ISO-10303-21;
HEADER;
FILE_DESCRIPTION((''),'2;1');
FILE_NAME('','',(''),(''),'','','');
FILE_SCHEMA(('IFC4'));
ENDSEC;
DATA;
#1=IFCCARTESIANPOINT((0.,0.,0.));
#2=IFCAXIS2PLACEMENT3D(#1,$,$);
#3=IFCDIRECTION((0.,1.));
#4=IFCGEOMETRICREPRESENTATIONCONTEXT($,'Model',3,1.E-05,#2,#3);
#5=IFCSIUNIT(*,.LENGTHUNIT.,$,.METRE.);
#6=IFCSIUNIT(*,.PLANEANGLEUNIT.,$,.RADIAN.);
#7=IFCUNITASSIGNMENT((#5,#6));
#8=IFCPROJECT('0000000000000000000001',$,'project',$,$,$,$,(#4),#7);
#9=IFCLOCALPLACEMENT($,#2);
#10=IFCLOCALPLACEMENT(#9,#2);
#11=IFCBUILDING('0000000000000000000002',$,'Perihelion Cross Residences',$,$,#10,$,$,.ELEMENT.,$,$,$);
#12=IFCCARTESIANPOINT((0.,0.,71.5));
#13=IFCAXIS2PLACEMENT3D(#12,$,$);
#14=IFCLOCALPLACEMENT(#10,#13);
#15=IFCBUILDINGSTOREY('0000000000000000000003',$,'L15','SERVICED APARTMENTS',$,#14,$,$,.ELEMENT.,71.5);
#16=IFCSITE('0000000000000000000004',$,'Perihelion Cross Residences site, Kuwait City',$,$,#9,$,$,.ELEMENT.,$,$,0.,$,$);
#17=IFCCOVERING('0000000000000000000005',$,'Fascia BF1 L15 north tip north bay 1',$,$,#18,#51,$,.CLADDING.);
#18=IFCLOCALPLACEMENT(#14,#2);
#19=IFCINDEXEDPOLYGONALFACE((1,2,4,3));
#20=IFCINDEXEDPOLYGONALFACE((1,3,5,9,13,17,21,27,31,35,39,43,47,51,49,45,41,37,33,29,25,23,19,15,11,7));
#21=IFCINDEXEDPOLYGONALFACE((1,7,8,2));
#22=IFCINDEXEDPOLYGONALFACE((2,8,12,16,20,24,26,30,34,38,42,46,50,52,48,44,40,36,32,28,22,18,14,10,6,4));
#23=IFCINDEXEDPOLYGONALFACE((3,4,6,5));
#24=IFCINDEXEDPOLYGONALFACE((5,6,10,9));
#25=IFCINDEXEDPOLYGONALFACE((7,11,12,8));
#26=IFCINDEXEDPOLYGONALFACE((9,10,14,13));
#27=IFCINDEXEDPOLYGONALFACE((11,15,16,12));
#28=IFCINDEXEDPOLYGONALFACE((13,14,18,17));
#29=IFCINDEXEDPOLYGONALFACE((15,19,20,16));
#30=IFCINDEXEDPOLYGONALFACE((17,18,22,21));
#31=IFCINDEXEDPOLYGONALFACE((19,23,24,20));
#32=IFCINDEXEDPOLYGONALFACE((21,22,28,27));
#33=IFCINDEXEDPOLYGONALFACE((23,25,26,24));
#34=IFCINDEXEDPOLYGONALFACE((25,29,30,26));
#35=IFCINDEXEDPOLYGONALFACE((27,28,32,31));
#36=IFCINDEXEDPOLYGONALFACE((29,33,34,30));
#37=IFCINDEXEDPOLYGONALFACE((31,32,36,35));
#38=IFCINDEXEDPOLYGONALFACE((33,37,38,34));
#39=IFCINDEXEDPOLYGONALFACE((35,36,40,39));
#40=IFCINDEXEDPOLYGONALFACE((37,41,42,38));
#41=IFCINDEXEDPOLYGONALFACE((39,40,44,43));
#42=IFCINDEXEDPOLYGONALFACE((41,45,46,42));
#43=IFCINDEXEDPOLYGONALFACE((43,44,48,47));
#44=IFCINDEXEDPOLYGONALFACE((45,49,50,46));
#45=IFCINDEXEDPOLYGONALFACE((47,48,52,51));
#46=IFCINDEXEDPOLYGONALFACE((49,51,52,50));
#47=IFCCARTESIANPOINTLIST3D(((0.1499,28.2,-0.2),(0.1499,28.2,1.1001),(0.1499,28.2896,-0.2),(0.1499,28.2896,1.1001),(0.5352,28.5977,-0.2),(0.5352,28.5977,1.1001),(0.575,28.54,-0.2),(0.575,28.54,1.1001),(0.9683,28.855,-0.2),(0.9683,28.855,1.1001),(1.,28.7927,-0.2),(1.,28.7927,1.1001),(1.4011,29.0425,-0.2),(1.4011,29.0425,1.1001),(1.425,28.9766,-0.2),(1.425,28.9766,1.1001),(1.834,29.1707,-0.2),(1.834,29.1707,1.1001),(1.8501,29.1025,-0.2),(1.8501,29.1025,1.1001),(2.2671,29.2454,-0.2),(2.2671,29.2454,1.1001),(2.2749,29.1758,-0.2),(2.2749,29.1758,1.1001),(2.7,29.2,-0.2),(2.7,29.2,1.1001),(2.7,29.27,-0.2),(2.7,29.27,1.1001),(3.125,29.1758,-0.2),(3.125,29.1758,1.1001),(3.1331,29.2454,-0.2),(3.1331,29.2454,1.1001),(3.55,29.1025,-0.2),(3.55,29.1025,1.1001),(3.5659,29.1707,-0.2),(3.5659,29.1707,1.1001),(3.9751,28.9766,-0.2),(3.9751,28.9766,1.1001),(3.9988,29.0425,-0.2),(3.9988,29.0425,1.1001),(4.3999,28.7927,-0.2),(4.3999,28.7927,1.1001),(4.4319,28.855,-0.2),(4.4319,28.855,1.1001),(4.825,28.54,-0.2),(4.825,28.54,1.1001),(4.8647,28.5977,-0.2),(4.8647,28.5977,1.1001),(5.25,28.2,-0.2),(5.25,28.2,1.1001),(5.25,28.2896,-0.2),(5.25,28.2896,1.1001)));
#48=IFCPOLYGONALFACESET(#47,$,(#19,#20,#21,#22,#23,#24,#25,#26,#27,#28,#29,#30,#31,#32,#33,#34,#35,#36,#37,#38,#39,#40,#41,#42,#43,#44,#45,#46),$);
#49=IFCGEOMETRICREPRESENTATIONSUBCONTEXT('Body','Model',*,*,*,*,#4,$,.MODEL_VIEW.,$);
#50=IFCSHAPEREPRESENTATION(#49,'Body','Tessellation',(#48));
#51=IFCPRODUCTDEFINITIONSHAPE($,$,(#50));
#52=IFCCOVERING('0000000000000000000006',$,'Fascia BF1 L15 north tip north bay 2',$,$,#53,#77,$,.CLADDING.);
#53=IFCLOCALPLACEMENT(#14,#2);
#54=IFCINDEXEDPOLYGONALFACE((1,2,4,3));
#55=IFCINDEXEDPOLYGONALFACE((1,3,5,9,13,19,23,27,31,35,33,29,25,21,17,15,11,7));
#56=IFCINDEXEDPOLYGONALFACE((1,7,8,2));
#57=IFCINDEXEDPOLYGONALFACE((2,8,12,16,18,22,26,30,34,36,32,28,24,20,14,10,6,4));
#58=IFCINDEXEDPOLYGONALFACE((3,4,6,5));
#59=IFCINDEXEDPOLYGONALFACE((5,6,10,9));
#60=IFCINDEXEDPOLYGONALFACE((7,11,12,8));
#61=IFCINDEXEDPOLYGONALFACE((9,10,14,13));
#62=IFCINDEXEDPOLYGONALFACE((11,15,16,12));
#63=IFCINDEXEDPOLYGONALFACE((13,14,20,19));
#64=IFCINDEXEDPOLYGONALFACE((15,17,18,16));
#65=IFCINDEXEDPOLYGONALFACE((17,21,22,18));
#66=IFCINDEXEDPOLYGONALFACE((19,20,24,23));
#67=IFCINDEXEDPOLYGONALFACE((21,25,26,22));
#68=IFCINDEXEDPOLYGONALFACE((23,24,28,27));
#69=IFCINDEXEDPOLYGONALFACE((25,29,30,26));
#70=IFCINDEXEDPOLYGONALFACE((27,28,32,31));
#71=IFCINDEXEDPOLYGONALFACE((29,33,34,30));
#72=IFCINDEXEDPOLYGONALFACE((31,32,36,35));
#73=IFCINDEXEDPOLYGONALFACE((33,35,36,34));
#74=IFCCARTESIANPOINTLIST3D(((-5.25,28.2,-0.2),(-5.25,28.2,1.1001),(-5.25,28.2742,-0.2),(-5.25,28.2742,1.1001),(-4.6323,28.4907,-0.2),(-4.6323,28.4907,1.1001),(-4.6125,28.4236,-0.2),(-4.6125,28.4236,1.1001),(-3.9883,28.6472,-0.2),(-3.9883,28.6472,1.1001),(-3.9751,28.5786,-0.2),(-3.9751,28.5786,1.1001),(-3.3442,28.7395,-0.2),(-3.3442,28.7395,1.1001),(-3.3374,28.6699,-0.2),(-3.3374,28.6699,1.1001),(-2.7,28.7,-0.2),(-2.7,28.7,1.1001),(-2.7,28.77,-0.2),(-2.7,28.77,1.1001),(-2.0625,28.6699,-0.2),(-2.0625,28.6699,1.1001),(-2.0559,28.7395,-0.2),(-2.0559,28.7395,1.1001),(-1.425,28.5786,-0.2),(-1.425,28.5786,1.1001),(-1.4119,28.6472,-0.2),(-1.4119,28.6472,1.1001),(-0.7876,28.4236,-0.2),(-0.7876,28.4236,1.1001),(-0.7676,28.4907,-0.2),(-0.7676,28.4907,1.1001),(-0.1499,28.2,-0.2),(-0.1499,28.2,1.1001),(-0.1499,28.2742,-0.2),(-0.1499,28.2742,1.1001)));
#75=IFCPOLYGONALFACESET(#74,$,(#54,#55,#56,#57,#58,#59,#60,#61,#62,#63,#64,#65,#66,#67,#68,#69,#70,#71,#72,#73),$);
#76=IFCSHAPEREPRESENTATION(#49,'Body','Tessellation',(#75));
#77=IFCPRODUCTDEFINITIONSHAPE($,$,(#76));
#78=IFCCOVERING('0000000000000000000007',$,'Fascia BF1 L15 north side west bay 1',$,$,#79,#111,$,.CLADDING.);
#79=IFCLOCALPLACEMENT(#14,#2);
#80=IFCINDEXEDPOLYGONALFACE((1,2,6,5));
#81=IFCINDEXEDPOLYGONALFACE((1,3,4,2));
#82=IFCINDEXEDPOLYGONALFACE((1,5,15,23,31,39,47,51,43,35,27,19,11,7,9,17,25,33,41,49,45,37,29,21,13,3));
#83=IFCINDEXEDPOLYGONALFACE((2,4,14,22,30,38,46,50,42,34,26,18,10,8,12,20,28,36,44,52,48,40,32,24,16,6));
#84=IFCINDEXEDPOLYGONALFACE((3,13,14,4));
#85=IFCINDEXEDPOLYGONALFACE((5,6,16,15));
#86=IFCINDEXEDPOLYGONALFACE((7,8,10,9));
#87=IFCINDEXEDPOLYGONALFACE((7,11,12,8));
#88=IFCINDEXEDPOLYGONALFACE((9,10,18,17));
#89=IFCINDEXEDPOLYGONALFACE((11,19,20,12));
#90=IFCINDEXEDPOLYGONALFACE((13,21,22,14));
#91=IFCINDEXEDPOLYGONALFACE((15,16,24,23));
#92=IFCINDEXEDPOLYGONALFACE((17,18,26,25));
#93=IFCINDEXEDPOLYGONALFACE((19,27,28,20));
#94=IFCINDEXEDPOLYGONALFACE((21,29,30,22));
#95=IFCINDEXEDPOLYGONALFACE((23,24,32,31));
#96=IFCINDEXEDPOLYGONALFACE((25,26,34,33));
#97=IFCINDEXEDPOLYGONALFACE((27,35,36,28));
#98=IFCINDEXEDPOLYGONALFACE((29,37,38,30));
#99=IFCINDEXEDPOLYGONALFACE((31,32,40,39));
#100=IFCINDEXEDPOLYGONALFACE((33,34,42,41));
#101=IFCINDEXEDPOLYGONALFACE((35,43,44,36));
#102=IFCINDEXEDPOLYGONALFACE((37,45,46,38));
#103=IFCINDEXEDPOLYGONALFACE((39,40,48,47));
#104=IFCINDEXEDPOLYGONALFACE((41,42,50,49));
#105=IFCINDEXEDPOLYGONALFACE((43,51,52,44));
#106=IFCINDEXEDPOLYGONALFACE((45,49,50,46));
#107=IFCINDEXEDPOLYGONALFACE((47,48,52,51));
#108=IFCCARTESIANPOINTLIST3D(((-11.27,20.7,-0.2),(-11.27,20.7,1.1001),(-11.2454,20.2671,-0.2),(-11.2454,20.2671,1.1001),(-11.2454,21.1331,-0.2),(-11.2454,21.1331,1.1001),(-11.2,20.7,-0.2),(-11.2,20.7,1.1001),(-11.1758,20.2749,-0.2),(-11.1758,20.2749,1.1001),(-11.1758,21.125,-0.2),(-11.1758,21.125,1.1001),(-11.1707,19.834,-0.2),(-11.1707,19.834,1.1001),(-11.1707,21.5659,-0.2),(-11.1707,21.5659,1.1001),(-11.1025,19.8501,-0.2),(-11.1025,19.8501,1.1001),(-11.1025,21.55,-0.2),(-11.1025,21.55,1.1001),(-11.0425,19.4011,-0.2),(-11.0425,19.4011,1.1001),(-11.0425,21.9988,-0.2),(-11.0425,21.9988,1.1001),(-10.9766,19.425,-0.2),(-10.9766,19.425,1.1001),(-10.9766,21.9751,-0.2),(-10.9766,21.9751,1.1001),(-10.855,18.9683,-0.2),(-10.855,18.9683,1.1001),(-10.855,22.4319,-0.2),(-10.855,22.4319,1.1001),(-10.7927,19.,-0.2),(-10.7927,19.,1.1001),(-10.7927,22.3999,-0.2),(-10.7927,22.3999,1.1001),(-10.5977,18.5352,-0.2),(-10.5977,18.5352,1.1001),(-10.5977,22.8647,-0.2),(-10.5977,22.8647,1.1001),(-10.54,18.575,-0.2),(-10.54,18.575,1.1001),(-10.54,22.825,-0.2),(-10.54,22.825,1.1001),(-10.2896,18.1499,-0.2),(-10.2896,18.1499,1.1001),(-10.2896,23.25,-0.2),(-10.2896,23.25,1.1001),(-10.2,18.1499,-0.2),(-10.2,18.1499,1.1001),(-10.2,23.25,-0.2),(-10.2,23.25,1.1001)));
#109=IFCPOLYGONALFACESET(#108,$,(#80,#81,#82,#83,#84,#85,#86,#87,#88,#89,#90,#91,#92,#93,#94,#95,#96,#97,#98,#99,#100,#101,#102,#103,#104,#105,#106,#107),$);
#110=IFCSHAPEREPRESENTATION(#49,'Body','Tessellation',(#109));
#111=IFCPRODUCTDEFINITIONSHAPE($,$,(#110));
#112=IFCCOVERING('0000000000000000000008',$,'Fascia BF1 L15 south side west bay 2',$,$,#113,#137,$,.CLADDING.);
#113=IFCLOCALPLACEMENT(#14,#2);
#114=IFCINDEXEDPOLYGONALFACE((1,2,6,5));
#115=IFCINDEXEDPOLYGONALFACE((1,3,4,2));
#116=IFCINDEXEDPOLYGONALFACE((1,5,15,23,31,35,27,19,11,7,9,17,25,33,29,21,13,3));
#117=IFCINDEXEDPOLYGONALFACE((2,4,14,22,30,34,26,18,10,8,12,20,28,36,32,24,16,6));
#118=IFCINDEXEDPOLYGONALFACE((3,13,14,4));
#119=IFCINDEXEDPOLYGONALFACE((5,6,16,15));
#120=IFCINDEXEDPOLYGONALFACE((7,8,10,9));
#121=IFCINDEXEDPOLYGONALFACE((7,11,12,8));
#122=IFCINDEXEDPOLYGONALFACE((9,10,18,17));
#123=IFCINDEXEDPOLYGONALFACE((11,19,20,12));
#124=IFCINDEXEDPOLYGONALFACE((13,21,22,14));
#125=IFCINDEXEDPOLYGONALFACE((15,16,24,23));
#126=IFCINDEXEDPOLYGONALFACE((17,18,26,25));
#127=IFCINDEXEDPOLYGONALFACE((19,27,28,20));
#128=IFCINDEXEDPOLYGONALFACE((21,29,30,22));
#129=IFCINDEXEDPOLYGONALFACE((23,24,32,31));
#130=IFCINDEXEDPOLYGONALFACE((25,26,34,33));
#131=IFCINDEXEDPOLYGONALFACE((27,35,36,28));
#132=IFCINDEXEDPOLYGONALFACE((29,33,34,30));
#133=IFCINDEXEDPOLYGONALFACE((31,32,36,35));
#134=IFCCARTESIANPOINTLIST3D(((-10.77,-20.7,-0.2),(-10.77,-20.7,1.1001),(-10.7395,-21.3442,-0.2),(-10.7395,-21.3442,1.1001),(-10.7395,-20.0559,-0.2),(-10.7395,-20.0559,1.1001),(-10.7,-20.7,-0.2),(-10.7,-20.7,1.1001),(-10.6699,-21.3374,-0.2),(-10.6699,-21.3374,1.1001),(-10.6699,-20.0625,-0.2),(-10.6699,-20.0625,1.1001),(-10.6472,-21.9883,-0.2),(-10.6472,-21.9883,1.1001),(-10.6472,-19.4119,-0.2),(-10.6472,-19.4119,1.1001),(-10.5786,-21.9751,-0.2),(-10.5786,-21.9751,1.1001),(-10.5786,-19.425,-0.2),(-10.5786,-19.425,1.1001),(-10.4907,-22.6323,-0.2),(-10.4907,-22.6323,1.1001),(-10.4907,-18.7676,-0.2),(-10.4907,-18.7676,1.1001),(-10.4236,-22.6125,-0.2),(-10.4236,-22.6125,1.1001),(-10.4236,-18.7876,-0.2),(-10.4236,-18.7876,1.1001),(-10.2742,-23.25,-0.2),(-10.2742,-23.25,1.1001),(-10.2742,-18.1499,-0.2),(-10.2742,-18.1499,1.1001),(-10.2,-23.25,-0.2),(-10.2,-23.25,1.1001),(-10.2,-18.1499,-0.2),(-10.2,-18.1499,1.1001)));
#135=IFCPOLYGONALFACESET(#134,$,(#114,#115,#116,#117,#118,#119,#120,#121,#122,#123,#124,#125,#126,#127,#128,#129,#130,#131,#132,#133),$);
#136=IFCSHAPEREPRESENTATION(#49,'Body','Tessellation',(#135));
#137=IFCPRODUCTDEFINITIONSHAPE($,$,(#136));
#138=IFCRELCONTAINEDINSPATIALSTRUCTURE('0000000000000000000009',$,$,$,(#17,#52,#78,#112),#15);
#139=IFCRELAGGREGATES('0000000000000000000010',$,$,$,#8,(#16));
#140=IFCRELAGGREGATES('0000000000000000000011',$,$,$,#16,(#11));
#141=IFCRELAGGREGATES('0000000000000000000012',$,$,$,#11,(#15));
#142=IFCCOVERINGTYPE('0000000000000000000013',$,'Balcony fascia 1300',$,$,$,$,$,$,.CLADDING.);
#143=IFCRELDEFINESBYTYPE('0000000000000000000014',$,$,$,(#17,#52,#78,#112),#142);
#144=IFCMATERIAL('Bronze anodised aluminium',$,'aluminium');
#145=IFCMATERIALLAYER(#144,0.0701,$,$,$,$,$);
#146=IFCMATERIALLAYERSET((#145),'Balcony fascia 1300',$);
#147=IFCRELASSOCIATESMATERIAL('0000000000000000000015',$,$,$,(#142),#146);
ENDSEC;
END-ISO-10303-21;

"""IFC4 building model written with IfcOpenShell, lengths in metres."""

from ifc_helpers import new_model, si_unit, direction, frame, origin, place, context, subcontext, project, spatial, polyline, outline, extrude, material, layer, layer_set, type_object, element, save


model = new_model("IFC4")

# Units and contexts
model_context = context("Model", 3, precision=1e-05, world=origin(), true_north=direction((0.0, 1.0)))
body_context = subcontext(model_context, "Body", "Model", "MODEL_VIEW")
ifc_project = project(units=[si_unit("LENGTHUNIT", "METRE"), si_unit("PLANEANGLEUNIT", "RADIAN")], contexts=[model_context])

# Site, building, storey
site_placement = place(None, origin())
site = spatial("IfcSite", under=ifc_project, at=site_placement, Name="Perihelion Cross Residences site, Kuwait City", CompositionType="ELEMENT", RefElevation=0.0)
building_placement = place(site_placement, origin())
building = spatial("IfcBuilding", under=site, at=building_placement, Name="Perihelion Cross Residences", CompositionType="ELEMENT")
storey_placement = place(building_placement, frame((0.0, 0.0, 71.5)))
storey = spatial("IfcBuildingStorey", under=building, at=storey_placement, Name="L15", Description="SERVICED APARTMENTS", CompositionType="ELEMENT", Elevation=71.5)

# Coverings
ifc_material_1 = material(Name="Bronze anodised aluminium", Category="aluminium")
ifc_layer_1 = layer(ifc_material_1, 0.0701)
ifc_layer_set_1 = layer_set([ifc_layer_1], Name="Balcony fascia 1300")
covering_type = type_object("IfcCoveringType", Name="Balcony fascia 1300", PredefinedType="CLADDING", material=ifc_layer_set_1)
covering_1_placement = place(storey_placement, frame((0.0, 0.0, -0.2)))
element("IfcCovering", 1, at=covering_1_placement, inside=storey, type_object=covering_type, Name="Fascia BF1 L15 north tip north bay 1", PredefinedType="CLADDING", context=body_context, shape_type="SweptSolid", body=[
    extrude(outline(polyline([(4.8647, 28.5977), (4.4319, 28.855), (3.9988, 29.0425), (3.5659, 29.1707), (3.1331, 29.2454), (2.7, 29.27), (2.2671, 29.2454), (1.834, 29.1707), (1.4011, 29.0425), (0.9683, 28.855), (0.5352, 28.5977), (0.1499, 28.2896), (0.1499, 28.2), (0.575, 28.54), (1.0, 28.7927), (1.425, 28.9766), (1.8501, 29.1025), (2.2749, 29.1758), (2.7, 29.2), (3.125, 29.1758), (3.55, 29.1025), (3.9751, 28.9766), (4.3999, 28.7927), (4.825, 28.54), (5.25, 28.2), (5.25, 28.2896), (4.8647, 28.5977)])), origin(), (0.0, 0.0, 1.0), 1.3),
])
covering_2_placement = place(storey_placement, frame((0.0, 0.0, -0.2)))
element("IfcCovering", 2, at=covering_2_placement, inside=storey, type_object=covering_type, Name="Fascia BF1 L15 north tip north bay 2", PredefinedType="CLADDING", context=body_context, shape_type="SweptSolid", body=[
    extrude(outline(polyline([(-0.7676, 28.4907), (-1.4119, 28.6472), (-2.0559, 28.7395), (-2.7, 28.77), (-3.3442, 28.7395), (-3.9883, 28.6472), (-4.6323, 28.4907), (-5.25, 28.2742), (-5.25, 28.2), (-4.6125, 28.4236), (-3.9751, 28.5786), (-3.3374, 28.6699), (-2.7, 28.7), (-2.0625, 28.6699), (-1.425, 28.5786), (-0.7876, 28.4236), (-0.1499, 28.2), (-0.1499, 28.2742), (-0.7676, 28.4907)])), origin(), (0.0, 0.0, 1.0), 1.3),
])
covering_3_placement = place(storey_placement, frame((0.0, 0.0, -0.2)))
element("IfcCovering", 3, at=covering_3_placement, inside=storey, type_object=covering_type, Name="Fascia BF1 L15 north side west bay 1", PredefinedType="CLADDING", context=body_context, shape_type="SweptSolid", body=[
    extrude(outline(polyline([(-10.5977, 22.8647), (-10.855, 22.4319), (-11.0425, 21.9988), (-11.1707, 21.5659), (-11.2454, 21.1331), (-11.27, 20.7), (-11.2454, 20.2671), (-11.1707, 19.834), (-11.0425, 19.4011), (-10.855, 18.9683), (-10.5977, 18.5352), (-10.2896, 18.1499), (-10.2, 18.1499), (-10.54, 18.575), (-10.7927, 19.0), (-10.9766, 19.425), (-11.1025, 19.8501), (-11.1758, 20.2749), (-11.2, 20.7), (-11.1758, 21.125), (-11.1025, 21.55), (-10.9766, 21.9751), (-10.7927, 22.3999), (-10.54, 22.825), (-10.2, 23.25), (-10.2896, 23.25), (-10.5977, 22.8647)])), origin(), (0.0, 0.0, 1.0), 1.3),
])
covering_4_placement = place(storey_placement, frame((0.0, 0.0, -0.2)))
element("IfcCovering", 4, at=covering_4_placement, inside=storey, type_object=covering_type, Name="Fascia BF1 L15 south side west bay 2", PredefinedType="CLADDING", context=body_context, shape_type="SweptSolid", body=[
    extrude(outline(polyline([(-10.4907, -18.7676), (-10.6472, -19.4119), (-10.7395, -20.0559), (-10.77, -20.7), (-10.7395, -21.3442), (-10.6472, -21.9883), (-10.4907, -22.6323), (-10.2742, -23.25), (-10.2, -23.25), (-10.4236, -22.6125), (-10.5786, -21.9751), (-10.6699, -21.3374), (-10.7, -20.7), (-10.6699, -20.0625), (-10.5786, -19.425), (-10.4236, -18.7876), (-10.2, -18.1499), (-10.2742, -18.1499), (-10.4907, -18.7676)])), origin(), (0.0, 0.0, 1.0), 1.3),
])

save(model, "model.ifc")
